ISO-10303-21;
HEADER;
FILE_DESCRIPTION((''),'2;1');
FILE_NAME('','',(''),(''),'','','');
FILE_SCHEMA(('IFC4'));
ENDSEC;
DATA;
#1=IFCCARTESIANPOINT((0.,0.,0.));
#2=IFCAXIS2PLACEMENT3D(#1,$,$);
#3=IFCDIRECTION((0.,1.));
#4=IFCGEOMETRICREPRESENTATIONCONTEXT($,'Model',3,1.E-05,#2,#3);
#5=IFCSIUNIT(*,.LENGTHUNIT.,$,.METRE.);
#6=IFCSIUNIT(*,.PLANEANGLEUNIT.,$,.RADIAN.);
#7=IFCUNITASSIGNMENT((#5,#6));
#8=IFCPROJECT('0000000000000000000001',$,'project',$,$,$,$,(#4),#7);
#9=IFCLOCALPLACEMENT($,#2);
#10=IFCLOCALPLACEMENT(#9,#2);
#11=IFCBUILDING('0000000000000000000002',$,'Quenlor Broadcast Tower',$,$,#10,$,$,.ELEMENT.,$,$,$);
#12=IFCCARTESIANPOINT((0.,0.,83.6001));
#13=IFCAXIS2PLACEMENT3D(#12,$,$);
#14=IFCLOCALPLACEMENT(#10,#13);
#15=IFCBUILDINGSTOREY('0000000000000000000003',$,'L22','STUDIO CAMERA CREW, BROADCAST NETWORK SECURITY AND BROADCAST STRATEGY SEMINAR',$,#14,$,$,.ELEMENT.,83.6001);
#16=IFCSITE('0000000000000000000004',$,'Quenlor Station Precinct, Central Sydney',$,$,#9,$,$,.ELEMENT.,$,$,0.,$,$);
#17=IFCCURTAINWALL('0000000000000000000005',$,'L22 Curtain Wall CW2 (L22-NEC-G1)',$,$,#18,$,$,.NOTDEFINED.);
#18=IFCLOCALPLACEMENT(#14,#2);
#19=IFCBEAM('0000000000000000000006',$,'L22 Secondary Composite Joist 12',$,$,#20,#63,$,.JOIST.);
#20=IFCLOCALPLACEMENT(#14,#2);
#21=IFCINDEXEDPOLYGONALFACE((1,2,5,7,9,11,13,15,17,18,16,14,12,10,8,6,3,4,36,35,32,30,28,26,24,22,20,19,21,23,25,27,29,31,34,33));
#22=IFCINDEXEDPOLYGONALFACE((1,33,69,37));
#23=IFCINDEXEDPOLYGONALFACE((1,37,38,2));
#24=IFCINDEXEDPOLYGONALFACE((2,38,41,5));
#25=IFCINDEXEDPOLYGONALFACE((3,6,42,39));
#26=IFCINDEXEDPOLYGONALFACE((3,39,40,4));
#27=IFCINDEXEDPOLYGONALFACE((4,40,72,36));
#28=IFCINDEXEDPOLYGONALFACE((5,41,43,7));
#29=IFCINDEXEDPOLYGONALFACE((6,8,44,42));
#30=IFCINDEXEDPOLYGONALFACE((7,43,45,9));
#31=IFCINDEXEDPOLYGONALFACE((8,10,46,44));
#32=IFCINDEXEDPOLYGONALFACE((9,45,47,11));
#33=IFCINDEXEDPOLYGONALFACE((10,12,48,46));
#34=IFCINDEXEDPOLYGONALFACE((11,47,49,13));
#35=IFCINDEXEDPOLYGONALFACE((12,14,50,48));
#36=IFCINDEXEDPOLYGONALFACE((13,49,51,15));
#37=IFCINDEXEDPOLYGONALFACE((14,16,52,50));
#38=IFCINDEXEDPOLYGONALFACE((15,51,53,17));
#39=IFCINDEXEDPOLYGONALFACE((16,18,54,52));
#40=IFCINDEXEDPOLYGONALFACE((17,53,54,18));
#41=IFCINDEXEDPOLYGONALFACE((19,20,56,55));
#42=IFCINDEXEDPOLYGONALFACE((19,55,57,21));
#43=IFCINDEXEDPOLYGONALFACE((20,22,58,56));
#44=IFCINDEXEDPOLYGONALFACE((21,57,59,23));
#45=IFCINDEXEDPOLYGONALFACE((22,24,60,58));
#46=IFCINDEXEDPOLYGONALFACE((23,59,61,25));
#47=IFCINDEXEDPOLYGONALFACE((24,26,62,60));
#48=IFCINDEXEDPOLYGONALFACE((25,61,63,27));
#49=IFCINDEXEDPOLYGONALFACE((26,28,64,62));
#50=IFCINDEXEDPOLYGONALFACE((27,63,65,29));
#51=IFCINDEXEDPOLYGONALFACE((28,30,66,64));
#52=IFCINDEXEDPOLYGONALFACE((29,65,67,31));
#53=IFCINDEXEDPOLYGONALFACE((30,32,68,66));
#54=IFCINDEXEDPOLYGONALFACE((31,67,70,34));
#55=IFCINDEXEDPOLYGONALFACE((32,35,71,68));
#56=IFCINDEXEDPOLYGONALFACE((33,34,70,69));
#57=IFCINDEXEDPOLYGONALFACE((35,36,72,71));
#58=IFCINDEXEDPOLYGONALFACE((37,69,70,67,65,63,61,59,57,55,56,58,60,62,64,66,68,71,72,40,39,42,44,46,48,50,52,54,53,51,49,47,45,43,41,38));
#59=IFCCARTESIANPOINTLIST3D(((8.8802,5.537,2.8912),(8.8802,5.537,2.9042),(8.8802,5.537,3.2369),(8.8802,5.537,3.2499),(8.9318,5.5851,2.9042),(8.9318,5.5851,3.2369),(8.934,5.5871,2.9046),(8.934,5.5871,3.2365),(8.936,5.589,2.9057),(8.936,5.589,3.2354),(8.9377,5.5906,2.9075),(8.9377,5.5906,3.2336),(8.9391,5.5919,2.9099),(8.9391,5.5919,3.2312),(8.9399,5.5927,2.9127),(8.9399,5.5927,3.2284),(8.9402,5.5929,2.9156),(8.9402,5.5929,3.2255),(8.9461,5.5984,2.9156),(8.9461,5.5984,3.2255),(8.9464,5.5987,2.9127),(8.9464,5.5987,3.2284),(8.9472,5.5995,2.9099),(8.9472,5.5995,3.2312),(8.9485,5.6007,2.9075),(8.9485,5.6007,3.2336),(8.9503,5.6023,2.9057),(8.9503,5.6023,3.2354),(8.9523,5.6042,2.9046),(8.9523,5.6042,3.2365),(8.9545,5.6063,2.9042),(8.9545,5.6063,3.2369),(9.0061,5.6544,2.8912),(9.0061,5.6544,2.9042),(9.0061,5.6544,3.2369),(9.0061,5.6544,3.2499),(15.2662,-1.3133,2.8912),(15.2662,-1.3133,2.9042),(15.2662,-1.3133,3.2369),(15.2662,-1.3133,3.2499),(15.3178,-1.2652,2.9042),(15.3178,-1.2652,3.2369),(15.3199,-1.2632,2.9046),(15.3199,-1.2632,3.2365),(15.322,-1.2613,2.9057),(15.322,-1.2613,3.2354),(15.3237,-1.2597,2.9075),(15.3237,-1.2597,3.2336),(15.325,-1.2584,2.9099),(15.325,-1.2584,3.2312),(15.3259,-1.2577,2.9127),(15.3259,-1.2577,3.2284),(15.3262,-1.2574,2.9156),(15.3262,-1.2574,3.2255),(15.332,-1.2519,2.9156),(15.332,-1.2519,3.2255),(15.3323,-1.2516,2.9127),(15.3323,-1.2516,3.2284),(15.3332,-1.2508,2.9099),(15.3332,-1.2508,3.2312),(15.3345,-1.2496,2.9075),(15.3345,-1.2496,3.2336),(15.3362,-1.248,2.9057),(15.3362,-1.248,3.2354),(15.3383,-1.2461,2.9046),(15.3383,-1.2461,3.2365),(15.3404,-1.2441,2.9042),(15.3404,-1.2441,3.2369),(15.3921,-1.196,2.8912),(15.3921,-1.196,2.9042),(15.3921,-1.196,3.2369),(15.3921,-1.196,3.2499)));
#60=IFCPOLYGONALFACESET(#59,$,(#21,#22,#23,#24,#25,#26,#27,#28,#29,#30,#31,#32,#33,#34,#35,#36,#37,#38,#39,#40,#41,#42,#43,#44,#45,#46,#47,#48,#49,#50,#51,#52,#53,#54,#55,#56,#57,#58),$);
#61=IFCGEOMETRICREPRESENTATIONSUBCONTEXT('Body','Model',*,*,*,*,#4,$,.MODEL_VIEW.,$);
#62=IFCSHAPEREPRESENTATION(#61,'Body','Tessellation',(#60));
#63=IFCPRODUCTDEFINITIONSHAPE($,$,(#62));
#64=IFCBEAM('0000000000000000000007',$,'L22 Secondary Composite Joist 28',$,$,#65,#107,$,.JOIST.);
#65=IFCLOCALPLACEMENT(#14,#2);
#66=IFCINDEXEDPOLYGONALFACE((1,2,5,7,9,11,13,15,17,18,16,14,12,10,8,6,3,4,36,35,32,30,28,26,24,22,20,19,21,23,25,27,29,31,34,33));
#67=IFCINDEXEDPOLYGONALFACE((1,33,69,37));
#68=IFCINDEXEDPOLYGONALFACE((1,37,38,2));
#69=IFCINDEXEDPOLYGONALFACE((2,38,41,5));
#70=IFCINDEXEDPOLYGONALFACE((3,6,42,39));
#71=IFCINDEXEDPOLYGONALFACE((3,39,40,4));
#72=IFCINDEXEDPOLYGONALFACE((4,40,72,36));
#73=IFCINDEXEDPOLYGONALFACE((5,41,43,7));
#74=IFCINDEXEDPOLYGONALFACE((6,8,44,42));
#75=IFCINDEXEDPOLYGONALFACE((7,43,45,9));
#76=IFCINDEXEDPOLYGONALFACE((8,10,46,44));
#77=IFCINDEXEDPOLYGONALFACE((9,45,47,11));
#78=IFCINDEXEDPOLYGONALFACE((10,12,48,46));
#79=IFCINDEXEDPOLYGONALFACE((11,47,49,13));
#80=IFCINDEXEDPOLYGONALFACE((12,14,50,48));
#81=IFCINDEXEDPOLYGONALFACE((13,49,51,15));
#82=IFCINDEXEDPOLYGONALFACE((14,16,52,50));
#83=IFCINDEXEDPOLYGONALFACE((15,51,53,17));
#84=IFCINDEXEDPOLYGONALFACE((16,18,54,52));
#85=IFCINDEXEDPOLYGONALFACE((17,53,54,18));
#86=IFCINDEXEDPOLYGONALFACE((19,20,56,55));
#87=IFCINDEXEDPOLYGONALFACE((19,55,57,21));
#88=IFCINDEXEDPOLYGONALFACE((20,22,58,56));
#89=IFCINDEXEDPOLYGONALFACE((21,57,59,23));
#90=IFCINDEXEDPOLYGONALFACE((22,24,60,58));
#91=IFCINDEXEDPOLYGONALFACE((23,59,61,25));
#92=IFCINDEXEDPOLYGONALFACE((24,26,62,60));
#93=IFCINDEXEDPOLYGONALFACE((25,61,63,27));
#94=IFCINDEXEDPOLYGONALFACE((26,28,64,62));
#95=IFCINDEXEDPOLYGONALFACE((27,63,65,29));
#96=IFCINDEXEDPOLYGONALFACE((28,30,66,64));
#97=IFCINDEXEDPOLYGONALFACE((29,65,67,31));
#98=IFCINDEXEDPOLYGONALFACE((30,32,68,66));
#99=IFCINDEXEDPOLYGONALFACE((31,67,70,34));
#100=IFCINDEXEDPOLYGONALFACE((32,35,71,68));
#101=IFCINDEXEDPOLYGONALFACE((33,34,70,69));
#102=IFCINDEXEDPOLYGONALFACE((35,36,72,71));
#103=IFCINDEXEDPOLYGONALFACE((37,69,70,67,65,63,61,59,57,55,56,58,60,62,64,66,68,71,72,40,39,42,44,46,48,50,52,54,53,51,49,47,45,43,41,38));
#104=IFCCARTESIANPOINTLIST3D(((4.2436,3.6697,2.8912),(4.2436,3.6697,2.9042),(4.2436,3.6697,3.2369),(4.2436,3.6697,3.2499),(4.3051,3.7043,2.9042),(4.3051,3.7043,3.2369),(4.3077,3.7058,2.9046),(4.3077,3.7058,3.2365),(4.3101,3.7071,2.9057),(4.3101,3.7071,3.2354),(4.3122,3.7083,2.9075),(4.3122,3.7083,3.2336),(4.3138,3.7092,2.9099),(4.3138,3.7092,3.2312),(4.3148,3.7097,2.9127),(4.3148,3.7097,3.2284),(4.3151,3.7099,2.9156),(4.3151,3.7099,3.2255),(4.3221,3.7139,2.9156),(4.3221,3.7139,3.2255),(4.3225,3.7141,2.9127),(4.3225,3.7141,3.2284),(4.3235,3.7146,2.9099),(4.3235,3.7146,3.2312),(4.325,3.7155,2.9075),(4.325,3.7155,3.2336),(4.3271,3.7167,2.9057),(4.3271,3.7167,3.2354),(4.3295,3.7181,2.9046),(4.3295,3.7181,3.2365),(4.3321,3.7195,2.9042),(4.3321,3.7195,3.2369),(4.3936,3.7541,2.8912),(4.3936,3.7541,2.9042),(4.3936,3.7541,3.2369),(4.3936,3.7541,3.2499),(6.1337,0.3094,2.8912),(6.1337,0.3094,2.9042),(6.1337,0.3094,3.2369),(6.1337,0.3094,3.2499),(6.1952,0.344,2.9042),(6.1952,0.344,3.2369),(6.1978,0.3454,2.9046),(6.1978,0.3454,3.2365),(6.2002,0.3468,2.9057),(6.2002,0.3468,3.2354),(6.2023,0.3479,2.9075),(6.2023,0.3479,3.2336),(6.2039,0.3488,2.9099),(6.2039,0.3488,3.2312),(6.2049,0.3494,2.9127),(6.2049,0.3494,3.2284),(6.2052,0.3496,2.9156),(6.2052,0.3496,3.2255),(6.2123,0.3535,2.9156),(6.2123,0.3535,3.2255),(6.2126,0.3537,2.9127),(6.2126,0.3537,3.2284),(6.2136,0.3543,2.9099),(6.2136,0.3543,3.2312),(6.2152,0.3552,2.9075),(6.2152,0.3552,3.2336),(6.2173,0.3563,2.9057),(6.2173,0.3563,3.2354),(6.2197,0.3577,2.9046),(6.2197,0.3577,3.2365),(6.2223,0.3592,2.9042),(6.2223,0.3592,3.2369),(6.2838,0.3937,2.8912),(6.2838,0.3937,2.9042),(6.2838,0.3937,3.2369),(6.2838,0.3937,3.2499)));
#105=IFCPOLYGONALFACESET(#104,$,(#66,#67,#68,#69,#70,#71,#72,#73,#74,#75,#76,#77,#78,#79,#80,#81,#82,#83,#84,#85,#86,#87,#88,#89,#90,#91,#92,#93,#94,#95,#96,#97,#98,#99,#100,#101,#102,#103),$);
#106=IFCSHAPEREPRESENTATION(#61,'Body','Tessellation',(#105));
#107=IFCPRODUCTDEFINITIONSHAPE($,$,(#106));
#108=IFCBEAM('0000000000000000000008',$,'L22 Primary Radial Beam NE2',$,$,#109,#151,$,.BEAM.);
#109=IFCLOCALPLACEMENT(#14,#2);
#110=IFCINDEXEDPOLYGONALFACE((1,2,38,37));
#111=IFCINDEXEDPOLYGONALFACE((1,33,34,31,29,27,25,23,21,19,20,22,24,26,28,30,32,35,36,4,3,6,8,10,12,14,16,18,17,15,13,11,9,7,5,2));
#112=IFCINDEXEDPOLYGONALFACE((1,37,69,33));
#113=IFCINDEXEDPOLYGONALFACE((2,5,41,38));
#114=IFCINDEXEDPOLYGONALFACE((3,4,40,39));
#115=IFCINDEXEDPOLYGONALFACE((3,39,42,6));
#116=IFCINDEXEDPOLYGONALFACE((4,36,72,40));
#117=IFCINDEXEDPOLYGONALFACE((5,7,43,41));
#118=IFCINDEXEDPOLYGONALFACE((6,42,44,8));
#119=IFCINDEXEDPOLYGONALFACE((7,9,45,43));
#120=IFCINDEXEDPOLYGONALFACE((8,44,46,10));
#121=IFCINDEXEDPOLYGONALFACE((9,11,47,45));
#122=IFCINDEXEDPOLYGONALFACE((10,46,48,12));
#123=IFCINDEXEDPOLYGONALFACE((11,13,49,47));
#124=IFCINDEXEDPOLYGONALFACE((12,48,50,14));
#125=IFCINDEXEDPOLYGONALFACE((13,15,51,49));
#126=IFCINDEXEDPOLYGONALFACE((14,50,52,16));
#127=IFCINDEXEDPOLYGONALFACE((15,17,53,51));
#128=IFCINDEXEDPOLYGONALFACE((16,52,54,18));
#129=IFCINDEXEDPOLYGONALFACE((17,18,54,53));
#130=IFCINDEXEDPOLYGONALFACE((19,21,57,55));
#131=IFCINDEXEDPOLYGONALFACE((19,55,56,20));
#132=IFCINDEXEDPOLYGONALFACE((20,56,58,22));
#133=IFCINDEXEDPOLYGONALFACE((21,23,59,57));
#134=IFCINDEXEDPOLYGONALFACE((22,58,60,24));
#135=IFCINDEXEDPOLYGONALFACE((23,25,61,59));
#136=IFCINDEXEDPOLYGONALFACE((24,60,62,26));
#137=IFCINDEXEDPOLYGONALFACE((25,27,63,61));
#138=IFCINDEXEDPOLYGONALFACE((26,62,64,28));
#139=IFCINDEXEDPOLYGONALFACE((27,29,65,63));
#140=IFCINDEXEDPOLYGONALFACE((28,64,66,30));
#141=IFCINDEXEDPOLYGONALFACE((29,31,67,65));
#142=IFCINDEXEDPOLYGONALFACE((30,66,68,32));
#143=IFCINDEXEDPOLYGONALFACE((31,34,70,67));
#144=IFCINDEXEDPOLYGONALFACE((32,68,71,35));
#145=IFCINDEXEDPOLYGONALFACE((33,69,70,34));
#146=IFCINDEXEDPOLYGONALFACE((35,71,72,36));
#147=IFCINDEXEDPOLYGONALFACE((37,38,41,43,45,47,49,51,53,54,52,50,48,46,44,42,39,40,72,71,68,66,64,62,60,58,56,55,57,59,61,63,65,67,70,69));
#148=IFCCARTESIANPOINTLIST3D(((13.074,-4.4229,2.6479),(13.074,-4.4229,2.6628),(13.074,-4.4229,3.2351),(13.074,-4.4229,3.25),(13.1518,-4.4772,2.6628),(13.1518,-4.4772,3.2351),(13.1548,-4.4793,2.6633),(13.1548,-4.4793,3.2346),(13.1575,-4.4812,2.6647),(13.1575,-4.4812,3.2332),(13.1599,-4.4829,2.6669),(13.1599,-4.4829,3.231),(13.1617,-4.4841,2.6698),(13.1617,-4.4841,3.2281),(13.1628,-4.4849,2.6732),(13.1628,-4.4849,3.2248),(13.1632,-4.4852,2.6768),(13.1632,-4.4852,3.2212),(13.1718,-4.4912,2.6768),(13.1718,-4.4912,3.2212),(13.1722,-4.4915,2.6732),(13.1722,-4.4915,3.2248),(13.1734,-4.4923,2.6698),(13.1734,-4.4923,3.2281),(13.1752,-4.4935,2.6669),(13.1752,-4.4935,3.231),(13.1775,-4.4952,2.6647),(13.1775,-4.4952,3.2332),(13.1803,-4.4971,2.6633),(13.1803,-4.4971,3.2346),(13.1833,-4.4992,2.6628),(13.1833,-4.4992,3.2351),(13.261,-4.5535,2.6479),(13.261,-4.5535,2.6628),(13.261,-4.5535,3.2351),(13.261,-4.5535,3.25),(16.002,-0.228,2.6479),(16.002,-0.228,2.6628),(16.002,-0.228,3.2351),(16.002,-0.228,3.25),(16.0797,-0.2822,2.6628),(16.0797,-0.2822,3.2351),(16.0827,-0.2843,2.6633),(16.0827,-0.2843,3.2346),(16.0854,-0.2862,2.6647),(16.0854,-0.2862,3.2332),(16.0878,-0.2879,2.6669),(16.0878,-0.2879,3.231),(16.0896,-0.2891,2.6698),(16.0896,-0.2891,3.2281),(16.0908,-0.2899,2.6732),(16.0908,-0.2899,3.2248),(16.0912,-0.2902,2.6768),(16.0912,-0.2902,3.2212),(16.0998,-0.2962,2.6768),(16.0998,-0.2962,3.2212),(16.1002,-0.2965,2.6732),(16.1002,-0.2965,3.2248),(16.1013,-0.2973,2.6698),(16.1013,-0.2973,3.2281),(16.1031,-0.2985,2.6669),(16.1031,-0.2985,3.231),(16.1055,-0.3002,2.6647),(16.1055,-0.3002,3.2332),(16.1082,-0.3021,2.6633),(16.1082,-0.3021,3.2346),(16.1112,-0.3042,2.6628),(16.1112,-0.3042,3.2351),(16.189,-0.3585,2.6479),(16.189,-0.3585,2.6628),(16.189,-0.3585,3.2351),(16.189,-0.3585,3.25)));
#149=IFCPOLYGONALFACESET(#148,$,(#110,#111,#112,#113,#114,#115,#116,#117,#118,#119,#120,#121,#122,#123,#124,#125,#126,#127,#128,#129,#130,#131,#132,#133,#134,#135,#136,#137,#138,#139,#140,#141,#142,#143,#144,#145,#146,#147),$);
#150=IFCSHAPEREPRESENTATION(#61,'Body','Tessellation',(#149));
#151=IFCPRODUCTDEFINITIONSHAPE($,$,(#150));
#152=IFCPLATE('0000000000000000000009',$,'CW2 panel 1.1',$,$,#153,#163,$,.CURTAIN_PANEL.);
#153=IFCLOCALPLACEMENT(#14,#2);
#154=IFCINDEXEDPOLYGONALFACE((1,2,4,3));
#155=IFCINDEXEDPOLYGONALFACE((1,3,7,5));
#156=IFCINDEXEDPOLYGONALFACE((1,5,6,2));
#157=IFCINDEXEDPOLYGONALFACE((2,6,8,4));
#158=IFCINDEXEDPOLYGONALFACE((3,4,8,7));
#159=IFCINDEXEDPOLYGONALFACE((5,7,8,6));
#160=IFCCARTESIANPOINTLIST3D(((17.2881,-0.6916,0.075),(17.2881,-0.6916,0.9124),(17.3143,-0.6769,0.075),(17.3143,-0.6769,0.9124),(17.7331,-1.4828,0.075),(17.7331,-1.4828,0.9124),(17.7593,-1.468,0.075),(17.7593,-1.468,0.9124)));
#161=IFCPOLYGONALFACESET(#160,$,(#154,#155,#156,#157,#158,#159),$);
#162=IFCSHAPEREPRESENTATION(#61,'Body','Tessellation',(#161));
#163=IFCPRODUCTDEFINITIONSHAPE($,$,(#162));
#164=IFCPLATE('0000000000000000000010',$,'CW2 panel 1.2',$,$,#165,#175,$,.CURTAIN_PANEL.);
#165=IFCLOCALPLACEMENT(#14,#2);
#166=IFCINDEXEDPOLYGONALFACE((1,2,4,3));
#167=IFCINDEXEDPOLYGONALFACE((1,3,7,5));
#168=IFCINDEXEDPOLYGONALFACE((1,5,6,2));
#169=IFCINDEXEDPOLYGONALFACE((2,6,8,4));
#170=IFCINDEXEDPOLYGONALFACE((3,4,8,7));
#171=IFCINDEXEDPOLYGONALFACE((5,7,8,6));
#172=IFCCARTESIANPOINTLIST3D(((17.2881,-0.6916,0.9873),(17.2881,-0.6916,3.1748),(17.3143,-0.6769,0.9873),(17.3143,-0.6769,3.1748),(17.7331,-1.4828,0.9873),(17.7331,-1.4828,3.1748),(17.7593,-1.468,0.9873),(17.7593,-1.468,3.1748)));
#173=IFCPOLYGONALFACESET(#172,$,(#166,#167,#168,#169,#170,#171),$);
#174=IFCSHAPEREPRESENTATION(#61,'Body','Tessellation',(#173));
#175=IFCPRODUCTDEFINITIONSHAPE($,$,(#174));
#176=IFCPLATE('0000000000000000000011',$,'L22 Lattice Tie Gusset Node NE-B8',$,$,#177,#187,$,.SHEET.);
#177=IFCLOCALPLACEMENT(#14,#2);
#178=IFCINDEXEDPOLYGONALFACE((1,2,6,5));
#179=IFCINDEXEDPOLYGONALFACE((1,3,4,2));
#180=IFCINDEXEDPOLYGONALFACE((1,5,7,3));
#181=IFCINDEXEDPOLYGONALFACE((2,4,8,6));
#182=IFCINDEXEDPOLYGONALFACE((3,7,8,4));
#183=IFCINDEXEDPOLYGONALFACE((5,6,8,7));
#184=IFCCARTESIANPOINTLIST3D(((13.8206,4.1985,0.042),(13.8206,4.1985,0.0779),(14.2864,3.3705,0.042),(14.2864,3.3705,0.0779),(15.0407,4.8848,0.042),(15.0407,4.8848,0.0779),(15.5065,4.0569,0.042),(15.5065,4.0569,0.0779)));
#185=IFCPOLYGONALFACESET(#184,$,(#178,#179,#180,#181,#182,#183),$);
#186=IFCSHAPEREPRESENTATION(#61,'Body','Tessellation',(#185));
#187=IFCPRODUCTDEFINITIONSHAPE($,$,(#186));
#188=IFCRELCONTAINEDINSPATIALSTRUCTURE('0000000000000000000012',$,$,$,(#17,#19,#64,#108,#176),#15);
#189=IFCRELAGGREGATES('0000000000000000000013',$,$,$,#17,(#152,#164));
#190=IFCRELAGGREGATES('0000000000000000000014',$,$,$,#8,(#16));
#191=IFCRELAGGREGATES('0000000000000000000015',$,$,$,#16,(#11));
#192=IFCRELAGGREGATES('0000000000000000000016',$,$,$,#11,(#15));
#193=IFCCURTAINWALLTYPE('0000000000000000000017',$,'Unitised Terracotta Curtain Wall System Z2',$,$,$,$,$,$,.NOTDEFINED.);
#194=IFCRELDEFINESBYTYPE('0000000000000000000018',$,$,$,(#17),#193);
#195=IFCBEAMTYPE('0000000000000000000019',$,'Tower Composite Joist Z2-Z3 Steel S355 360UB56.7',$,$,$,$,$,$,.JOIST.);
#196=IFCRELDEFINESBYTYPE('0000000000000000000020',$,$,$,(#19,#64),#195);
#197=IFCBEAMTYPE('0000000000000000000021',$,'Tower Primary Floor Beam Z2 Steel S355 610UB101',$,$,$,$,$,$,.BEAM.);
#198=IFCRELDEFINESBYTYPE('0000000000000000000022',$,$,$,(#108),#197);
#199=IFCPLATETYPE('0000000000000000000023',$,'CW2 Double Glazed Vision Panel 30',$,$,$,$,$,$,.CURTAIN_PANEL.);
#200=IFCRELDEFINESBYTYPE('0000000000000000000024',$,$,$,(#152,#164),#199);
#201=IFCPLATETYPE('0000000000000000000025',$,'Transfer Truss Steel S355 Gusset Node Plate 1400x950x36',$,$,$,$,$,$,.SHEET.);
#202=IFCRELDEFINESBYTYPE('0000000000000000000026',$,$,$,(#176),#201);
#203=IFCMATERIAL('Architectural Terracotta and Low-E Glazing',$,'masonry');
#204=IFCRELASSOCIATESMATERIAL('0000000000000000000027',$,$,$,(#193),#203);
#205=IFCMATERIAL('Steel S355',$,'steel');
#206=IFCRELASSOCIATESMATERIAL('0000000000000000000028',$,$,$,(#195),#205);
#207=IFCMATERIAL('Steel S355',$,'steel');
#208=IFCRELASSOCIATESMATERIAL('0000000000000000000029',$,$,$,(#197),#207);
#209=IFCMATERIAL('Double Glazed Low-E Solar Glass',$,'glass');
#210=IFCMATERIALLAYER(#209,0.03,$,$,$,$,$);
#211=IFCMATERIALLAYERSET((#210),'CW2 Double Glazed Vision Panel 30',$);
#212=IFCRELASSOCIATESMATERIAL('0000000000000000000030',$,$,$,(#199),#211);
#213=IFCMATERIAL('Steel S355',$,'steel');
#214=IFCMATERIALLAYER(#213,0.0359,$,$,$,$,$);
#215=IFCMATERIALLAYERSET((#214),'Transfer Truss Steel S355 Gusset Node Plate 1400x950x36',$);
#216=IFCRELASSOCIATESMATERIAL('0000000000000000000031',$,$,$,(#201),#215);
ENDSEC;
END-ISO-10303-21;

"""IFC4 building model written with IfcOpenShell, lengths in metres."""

from ifc_helpers import new_model, si_unit, direction, frame, origin, origin_2d, place, context, subcontext, project, spatial, rectangle, i_section, extrude, material, layer, layer_set, material_profile, profile_set, type_object, element, aggregate, save


model = new_model("IFC4")

# Units and contexts
model_context = context("Model", 3, precision=1e-05, world=origin(), true_north=direction((0.0, 1.0)))
body_context = subcontext(model_context, "Body", "Model", "MODEL_VIEW")
ifc_project = project(units=[si_unit("LENGTHUNIT", "METRE"), si_unit("PLANEANGLEUNIT", "RADIAN")], contexts=[model_context])

# Site, building, storey
site_placement = place(None, origin())
site = spatial("IfcSite", under=ifc_project, at=site_placement, Name="Quenlor Station Precinct, Central Sydney", CompositionType="ELEMENT", RefElevation=0.0)
building_placement = place(site_placement, origin())
building = spatial("IfcBuilding", under=site, at=building_placement, Name="Quenlor Broadcast Tower", CompositionType="ELEMENT")
storey_placement = place(building_placement, frame((0.0, 0.0, 83.6001)))
storey = spatial("IfcBuildingStorey", under=building, at=storey_placement, Name="L22", Description="STUDIO CAMERA CREW, BROADCAST NETWORK SECURITY AND BROADCAST STRATEGY SEMINAR", CompositionType="ELEMENT", Elevation=83.6001)

# Curtain wall
ifc_material_1 = material(Name="Architectural Terracotta and Low-E Glazing", Category="masonry")
curtain_wall_type = type_object("IfcCurtainWallType", Name="Unitised Terracotta Curtain Wall System Z2", PredefinedType="NOTDEFINED", material=ifc_material_1)
curtain_wall_placement = place(storey_placement, origin())
curtain_wall = element("IfcCurtainWall", 1, at=curtain_wall_placement, inside=storey, type_object=curtain_wall_type, Name="L22 Curtain Wall CW2 (L22-NEC-G1)", PredefinedType="NOTDEFINED")

# Beams
ifc_material_2 = material(Name="Steel S355", Category="steel")
ifc_material_profile_1 = material_profile(ifc_material_2, i_section(OverallWidth=0.1721, OverallDepth=0.3586, WebThickness=0.0081, FlangeThickness=0.0129, FilletRadius=0.0115, at=origin_2d()))
ifc_profile_set_1 = profile_set([ifc_material_profile_1], Name="Steel S355 360UB56.7")
beam_type_1 = type_object("IfcBeamType", Name="Tower Composite Joist Z2-Z3 Steel S355 360UB56.7", PredefinedType="JOIST", material=ifc_profile_set_1)
beam_1_placement = place(storey_placement, frame((15.3291, -1.2546, 3.0706), z_axis=(-0.681881, 0.731463, 0.0), x_axis=(-0.731463, -0.681881, 0.0)))
element("IfcBeam", 2, at=beam_1_placement, inside=storey, type_object=beam_type_1, Name="L22 Secondary Composite Joist 12", PredefinedType="JOIST", context=body_context, shape_type="SweptSolid", body=[
    extrude(i_section(OverallWidth=0.1721, OverallDepth=0.3586, WebThickness=0.0081, FlangeThickness=0.0129, FilletRadius=0.0115, at=origin_2d()), origin(), (0.0, 0.0, 1.0), 9.3652),
])
beam_2_placement = place(storey_placement, frame((4.3186, 3.7119, 3.0706), z_axis=(0.490249, -0.871582, 0.0), x_axis=(0.871582, 0.490249, 0.0)))
element("IfcBeam", 3, at=beam_2_placement, inside=storey, type_object=beam_type_1, Name="L22 Secondary Composite Joist 28", PredefinedType="JOIST", context=body_context, shape_type="SweptSolid", body=[
    extrude(i_section(OverallWidth=0.1721, OverallDepth=0.3586, WebThickness=0.0081, FlangeThickness=0.0129, FilletRadius=0.0115, at=origin_2d()), origin(), (0.0, 0.0, 1.0), 3.8555),
])
ifc_material_3 = material(Name="Steel S355", Category="steel")
ifc_material_profile_2 = material_profile(ifc_material_3, i_section(OverallWidth=0.228, OverallDepth=0.6021, WebThickness=0.0105, FlangeThickness=0.0149, FilletRadius=0.0139, at=origin_2d()))
ifc_profile_set_2 = profile_set([ifc_material_profile_2], Name="Steel S355 610UB101")
beam_type_2 = type_object("IfcBeamType", Name="Tower Primary Floor Beam Z2 Steel S355 610UB101", PredefinedType="BEAM", material=ifc_profile_set_2)
beam_3_placement = place(storey_placement, frame((16.0955, -0.2932, 2.949), z_axis=(-0.572338, -0.820018, 0.0), x_axis=(0.820018, -0.572338, 0.0)))
element("IfcBeam", 4, at=beam_3_placement, inside=storey, type_object=beam_type_2, Name="L22 Primary Radial Beam NE2", PredefinedType="BEAM", context=body_context, shape_type="SweptSolid", body=[
    extrude(i_section(OverallWidth=0.228, OverallDepth=0.6021, WebThickness=0.0105, FlangeThickness=0.0149, FilletRadius=0.0139, at=origin_2d()), origin(), (0.0, 0.0, 1.0), 5.1157),
])

# Plates
ifc_material_4 = material(Name="Double Glazed Low-E Solar Glass", Category="glass")
ifc_layer_1 = layer(ifc_material_4, 0.03)
ifc_layer_set_1 = layer_set([ifc_layer_1], Name="CW2 Double Glazed Vision Panel 30")
plate_type_1 = type_object("IfcPlateType", Name="CW2 Double Glazed Vision Panel 30", PredefinedType="CURTAIN_PANEL", material=ifc_layer_set_1)
plate_1_placement = place(storey_placement, frame((17.5237, -1.0798, 0.075), z_axis=(0.0, 0.0, 1.0), x_axis=(0.490252, -0.871581, 0.0)))
plate_1 = element("IfcPlate", 5, at=plate_1_placement, type_object=plate_type_1, Name="CW2 panel 1.1", PredefinedType="CURTAIN_PANEL", context=body_context, shape_type="SweptSolid", body=[
    extrude(rectangle(XDim=0.9077, YDim=0.03, at=origin_2d()), origin(), (0.0, 0.0, 1.0), 0.8374),
])
plate_2_placement = place(storey_placement, frame((17.5237, -1.0798, 0.9873), z_axis=(0.0, 0.0, 1.0), x_axis=(0.490252, -0.871581, 0.0)))
plate_2 = element("IfcPlate", 6, at=plate_2_placement, type_object=plate_type_1, Name="CW2 panel 1.2", PredefinedType="CURTAIN_PANEL", context=body_context, shape_type="SweptSolid", body=[
    extrude(rectangle(XDim=0.9077, YDim=0.03, at=origin_2d()), origin(), (0.0, 0.0, 1.0), 2.1875),
])
aggregate(curtain_wall, [plate_1, plate_2])

# Plate
ifc_material_5 = material(Name="Steel S355", Category="steel")
ifc_layer_2 = layer(ifc_material_5, 0.0359)
ifc_layer_set_2 = layer_set([ifc_layer_2], Name="Transfer Truss Steel S355 Gusset Node Plate 1400x950x36")
plate_type_2 = type_object("IfcPlateType", Name="Transfer Truss Steel S355 Gusset Node Plate 1400x950x36", PredefinedType="SHEET", material=ifc_layer_set_2)
for number, where, z_axis, x_axis, name in (
    (7, (14.6636, 4.1277, 0.042), (0.0, 0.0, 1.0), (0.871556, 0.490295, 0.0), "L22 Lattice Tie Gusset Node NE-B8"),
):
    element("IfcPlate", number, at=place(storey_placement, frame(where, z_axis=z_axis, x_axis=x_axis)), inside=storey, type_object=plate_type_2, Name=name, PredefinedType="SHEET", context=body_context, shape_type="SweptSolid", body=[
        extrude(rectangle(XDim=1.3999, YDim=0.95, at=origin_2d()), origin(), (0.0, 0.0, 1.0), 0.0359),
    ])

save(model, "model.ifc")
